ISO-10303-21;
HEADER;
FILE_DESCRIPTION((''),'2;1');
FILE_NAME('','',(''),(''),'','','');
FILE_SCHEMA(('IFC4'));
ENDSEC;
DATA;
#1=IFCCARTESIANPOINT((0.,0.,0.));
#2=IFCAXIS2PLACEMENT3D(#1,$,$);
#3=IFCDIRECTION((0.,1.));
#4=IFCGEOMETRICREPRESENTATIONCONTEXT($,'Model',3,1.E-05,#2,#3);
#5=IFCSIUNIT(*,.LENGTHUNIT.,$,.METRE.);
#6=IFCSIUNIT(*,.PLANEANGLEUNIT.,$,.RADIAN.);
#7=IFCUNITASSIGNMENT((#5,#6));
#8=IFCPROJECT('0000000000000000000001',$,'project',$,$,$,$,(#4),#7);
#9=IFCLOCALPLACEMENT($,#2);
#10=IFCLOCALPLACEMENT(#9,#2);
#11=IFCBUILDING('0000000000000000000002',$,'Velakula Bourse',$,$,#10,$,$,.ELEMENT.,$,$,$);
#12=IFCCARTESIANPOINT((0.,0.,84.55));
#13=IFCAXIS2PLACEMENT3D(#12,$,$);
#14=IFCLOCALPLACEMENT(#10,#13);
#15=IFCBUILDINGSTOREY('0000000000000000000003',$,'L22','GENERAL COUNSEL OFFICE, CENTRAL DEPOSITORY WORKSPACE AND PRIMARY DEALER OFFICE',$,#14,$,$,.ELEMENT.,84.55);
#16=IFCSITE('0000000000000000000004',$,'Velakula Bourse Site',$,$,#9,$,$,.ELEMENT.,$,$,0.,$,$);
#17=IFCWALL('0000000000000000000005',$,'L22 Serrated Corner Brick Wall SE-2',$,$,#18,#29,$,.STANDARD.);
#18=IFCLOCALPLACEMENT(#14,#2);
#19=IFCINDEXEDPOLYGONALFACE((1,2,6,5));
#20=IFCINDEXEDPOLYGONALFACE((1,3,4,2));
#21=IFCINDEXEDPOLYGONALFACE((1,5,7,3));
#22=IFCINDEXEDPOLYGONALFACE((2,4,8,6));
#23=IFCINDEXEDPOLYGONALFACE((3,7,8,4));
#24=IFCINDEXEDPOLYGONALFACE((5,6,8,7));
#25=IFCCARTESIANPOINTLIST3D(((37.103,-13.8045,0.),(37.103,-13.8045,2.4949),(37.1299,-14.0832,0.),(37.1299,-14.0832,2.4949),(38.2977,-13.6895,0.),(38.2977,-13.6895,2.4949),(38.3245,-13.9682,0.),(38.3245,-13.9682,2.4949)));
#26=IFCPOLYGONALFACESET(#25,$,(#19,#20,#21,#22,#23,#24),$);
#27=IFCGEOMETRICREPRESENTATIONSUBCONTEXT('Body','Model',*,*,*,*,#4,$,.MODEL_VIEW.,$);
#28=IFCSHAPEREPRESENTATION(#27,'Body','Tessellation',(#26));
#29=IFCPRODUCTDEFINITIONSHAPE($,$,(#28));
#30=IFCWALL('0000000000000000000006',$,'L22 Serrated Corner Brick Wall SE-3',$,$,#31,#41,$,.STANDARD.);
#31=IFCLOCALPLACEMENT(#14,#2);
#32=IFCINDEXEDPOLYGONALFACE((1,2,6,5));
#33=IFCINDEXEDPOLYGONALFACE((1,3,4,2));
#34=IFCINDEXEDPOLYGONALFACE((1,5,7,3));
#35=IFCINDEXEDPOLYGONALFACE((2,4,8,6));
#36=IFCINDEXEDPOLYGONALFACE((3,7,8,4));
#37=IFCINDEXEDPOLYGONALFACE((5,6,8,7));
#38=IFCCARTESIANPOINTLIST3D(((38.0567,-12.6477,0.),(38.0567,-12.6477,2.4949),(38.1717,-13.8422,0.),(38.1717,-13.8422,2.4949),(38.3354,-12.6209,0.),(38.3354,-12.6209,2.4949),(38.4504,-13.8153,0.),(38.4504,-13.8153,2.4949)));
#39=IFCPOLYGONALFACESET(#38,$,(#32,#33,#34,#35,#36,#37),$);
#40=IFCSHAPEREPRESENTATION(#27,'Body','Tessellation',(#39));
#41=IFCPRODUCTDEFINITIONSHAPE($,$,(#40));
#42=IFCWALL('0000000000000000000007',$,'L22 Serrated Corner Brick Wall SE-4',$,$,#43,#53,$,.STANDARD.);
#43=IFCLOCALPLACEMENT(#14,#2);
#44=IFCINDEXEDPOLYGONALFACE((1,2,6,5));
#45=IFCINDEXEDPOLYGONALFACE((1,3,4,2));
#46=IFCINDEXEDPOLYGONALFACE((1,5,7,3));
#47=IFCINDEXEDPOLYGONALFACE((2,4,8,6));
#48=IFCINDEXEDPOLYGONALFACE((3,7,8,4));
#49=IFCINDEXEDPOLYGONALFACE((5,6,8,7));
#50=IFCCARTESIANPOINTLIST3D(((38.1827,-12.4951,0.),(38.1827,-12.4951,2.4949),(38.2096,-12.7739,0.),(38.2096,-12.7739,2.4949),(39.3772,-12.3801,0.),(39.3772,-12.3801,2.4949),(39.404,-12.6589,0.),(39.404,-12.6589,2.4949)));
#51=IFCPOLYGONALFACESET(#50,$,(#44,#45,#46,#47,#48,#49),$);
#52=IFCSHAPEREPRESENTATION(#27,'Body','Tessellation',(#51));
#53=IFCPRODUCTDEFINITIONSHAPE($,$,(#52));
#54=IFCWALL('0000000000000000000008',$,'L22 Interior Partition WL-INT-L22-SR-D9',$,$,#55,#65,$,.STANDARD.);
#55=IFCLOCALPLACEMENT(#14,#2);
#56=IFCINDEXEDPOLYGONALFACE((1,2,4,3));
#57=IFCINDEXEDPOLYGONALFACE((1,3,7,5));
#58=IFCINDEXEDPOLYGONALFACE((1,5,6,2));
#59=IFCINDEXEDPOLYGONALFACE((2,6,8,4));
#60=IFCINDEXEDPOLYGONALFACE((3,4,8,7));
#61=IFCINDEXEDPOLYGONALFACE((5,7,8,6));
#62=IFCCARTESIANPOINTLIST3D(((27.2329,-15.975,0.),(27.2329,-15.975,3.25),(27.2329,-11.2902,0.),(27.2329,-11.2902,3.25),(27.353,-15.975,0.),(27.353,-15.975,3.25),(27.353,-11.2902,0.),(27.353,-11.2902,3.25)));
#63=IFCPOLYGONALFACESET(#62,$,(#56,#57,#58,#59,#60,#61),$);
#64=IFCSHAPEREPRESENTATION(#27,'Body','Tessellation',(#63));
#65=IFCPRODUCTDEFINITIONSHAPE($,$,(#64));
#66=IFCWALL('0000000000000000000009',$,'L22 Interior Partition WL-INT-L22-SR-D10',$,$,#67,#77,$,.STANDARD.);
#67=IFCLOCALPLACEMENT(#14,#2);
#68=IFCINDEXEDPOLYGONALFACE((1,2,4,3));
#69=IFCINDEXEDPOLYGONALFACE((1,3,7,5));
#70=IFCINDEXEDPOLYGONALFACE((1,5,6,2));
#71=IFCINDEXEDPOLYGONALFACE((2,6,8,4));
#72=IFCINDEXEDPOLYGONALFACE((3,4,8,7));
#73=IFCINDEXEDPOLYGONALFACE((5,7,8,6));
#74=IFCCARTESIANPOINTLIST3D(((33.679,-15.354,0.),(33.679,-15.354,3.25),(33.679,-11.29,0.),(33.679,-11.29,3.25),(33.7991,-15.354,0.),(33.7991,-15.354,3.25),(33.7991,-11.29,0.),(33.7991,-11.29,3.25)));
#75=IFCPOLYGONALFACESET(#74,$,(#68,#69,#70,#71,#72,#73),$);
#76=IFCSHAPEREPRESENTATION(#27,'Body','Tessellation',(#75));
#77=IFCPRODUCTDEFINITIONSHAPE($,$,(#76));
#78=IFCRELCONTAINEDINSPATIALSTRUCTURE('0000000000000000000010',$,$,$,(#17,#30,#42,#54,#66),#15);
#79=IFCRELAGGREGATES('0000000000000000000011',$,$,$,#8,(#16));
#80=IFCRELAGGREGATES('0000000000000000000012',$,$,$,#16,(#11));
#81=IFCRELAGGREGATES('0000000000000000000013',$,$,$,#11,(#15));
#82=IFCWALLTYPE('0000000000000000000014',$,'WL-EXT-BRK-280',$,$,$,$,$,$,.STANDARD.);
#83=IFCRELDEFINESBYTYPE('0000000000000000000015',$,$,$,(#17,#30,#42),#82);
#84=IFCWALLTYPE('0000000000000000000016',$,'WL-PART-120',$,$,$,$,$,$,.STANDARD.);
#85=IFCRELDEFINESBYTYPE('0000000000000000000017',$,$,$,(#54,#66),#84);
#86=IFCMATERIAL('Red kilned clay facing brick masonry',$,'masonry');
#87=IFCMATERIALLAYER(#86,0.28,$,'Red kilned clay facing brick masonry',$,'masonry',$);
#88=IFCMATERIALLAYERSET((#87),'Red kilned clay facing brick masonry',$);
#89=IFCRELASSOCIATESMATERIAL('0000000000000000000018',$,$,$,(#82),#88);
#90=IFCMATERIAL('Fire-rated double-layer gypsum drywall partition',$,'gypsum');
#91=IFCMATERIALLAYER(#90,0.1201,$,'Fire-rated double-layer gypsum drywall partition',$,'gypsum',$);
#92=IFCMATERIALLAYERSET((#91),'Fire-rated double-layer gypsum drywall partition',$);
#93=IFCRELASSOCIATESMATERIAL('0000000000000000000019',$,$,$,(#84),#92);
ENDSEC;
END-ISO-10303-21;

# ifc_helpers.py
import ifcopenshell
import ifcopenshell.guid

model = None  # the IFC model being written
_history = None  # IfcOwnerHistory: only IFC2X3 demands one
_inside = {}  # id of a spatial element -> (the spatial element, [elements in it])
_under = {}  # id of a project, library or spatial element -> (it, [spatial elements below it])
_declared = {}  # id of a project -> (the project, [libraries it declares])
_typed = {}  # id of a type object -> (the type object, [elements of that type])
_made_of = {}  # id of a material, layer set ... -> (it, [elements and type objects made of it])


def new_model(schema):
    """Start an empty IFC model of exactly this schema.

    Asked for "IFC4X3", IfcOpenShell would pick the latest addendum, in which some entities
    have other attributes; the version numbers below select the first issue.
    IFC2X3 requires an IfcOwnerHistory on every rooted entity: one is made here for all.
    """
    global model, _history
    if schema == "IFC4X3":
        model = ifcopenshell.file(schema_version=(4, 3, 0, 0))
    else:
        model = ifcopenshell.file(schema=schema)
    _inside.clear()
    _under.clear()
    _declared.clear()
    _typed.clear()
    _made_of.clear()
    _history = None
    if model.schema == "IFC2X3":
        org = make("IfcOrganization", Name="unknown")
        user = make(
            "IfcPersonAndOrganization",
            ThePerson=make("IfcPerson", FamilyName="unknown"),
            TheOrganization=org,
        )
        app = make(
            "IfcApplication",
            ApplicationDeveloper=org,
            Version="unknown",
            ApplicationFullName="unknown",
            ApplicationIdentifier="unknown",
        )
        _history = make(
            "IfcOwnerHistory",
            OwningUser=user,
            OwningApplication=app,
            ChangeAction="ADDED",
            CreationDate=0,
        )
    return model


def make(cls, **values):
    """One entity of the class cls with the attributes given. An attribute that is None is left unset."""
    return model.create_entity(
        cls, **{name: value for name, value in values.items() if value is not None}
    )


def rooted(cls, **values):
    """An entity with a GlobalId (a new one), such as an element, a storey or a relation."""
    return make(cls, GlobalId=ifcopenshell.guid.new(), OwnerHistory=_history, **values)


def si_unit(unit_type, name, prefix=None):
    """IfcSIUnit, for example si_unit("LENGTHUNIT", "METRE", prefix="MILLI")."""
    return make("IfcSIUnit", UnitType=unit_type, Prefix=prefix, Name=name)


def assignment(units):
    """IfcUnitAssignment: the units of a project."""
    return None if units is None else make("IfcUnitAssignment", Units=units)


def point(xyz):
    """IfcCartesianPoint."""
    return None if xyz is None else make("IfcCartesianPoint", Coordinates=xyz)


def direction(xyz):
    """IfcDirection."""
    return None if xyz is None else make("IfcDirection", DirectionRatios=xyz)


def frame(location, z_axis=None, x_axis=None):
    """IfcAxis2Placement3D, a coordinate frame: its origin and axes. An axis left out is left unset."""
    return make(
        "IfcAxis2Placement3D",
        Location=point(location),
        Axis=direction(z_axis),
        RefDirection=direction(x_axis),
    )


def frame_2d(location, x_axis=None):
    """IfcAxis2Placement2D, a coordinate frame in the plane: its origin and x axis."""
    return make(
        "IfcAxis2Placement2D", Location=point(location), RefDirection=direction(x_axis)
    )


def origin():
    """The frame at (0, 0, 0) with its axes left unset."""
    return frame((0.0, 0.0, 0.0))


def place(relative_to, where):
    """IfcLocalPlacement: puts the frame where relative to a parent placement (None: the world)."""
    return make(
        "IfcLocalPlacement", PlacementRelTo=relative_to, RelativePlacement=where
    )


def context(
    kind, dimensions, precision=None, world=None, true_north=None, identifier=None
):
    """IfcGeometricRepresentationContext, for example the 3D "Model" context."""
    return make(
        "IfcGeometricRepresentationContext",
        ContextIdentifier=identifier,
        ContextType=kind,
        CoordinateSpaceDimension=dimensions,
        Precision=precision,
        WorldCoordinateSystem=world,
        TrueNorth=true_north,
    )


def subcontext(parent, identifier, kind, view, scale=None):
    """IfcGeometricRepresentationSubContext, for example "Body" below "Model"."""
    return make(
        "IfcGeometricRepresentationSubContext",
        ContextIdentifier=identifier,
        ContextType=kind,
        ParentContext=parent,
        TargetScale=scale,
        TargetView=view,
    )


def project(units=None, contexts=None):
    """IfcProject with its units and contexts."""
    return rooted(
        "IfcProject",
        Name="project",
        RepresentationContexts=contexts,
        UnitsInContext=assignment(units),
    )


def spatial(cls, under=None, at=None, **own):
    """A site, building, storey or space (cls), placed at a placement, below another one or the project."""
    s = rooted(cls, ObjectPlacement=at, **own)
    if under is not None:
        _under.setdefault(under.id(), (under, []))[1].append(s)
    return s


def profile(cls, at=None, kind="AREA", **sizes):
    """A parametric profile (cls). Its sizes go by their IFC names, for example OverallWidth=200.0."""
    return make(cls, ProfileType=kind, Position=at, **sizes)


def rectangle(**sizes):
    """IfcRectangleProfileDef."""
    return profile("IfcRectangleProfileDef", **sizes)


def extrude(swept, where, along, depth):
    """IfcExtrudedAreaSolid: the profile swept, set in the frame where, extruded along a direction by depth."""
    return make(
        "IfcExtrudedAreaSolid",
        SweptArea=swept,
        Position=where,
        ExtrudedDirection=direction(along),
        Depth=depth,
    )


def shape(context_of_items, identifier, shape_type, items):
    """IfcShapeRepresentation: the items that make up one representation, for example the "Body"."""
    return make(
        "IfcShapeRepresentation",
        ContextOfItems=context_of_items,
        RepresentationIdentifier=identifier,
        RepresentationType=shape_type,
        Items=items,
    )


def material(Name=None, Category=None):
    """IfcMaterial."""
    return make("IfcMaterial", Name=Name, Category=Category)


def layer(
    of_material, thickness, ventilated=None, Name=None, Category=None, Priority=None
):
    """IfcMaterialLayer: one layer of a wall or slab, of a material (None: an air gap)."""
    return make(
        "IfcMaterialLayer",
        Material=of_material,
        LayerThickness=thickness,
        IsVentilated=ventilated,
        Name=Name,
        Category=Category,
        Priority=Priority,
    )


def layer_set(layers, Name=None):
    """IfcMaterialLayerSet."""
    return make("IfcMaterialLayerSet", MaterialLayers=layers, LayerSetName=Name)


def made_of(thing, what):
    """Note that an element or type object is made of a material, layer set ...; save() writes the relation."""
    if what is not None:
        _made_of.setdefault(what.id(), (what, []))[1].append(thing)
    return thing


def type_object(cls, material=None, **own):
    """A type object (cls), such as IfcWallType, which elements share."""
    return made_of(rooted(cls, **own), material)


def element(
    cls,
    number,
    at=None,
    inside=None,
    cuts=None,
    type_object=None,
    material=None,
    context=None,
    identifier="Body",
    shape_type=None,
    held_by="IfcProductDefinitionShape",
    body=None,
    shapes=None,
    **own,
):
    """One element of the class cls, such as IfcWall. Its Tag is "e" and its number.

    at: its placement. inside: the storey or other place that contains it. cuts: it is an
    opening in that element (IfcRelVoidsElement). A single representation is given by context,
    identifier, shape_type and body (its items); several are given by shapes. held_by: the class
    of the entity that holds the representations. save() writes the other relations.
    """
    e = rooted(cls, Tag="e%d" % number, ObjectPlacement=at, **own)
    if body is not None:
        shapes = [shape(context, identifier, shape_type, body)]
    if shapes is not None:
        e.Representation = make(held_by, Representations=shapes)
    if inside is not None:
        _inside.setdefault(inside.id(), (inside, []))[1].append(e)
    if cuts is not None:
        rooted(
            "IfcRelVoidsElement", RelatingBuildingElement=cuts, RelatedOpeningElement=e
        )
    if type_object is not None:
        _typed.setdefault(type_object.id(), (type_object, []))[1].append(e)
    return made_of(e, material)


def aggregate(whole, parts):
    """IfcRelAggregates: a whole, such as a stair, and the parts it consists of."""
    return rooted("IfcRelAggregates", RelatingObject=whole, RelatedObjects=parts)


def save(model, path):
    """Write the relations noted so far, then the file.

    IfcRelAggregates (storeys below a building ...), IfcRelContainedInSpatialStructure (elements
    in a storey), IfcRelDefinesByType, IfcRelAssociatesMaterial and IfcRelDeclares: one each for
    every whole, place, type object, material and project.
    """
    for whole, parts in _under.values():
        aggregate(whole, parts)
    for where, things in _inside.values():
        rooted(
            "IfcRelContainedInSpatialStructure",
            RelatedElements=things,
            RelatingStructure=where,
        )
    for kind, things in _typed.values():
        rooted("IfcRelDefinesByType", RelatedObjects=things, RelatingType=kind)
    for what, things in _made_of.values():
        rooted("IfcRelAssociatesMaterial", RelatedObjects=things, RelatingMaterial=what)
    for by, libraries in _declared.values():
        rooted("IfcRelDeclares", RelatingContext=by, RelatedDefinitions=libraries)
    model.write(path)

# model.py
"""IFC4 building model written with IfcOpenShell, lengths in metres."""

from ifc_helpers import new_model, si_unit, direction, frame, frame_2d, origin, place, context, subcontext, project, spatial, rectangle, extrude, material, layer, layer_set, type_object, element, save


model = new_model("IFC4")

# Units and contexts
model_context = context("Model", 3, precision=1e-05, world=origin(), true_north=direction((0.0, 1.0)))
body_context = subcontext(model_context, "Body", "Model", "MODEL_VIEW")
ifc_project = project(units=[si_unit("LENGTHUNIT", "METRE"), si_unit("PLANEANGLEUNIT", "RADIAN")], contexts=[model_context])

# Site, building, storey
site_placement = place(None, origin())
site = spatial("IfcSite", under=ifc_project, at=site_placement, Name="Velakula Bourse Site", CompositionType="ELEMENT", RefElevation=0.0)
building_placement = place(site_placement, origin())
building = spatial("IfcBuilding", under=site, at=building_placement, Name="Velakula Bourse", CompositionType="ELEMENT")
storey_placement = place(building_placement, frame((0.0, 0.0, 84.55)))
storey = spatial("IfcBuildingStorey", under=building, at=storey_placement, Name="L22", Description="GENERAL COUNSEL OFFICE, CENTRAL DEPOSITORY WORKSPACE AND PRIMARY DEALER OFFICE", CompositionType="ELEMENT", Elevation=84.55)

# Shared definitions
ifc_material_1 = material(Name="Red kilned clay facing brick masonry", Category="masonry")
ifc_layer_1 = layer(ifc_material_1, 0.28, Name="Red kilned clay facing brick masonry", Category="masonry")
ifc_layer_set_1 = layer_set([ifc_layer_1], Name="Red kilned clay facing brick masonry")
wall_type_1 = type_object("IfcWallType", Name="WL-EXT-BRK-280", PredefinedType="STANDARD", material=ifc_layer_set_1)

# Walls
for number, where, z_axis, x_axis, name in (
    (1, (37.1165, -13.9438, 0.0), (0.0, 0.0, 1.0), (0.995399, 0.095817, 0.0), "L22 Serrated Corner Brick Wall SE-2"),
):
    element("IfcWall", number, at=place(storey_placement, frame(where, z_axis=z_axis, x_axis=x_axis)), inside=storey, type_object=wall_type_1, Name=name, PredefinedType="STANDARD", context=body_context, shape_type="SweptSolid", body=[
        extrude(rectangle(XDim=1.2002, YDim=0.28, at=frame_2d((0.6001, 0.0))), origin(), (0.0, 0.0, 1.0), 2.4949),
    ])
for number, where, z_axis, x_axis, name in (
    (2, (38.311, -13.8289, 0.0), (0.0, 0.0, 1.0), (-0.095836, 0.995397, 0.0), "L22 Serrated Corner Brick Wall SE-3"),
    (3, (38.196, -12.6345, 0.0), (0.0, 0.0, 1.0), (0.995397, 0.095836, 0.0), "L22 Serrated Corner Brick Wall SE-4"),
):
    element("IfcWall", number, at=place(storey_placement, frame(where, z_axis=z_axis, x_axis=x_axis)), inside=storey, type_object=wall_type_1, Name=name, PredefinedType="STANDARD", context=body_context, shape_type="SweptSolid", body=[
        extrude(rectangle(XDim=1.2, YDim=0.28, at=frame_2d((0.6001, 0.0))), origin(), (0.0, 0.0, 1.0), 2.4949),
    ])
ifc_material_2 = material(Name="Fire-rated double-layer gypsum drywall partition", Category="gypsum")
ifc_layer_2 = layer(ifc_material_2, 0.1201, Name="Fire-rated double-layer gypsum drywall partition", Category="gypsum")
ifc_layer_set_2 = layer_set([ifc_layer_2], Name="Fire-rated double-layer gypsum drywall partition")
wall_type_2 = type_object("IfcWallType", Name="WL-PART-120", PredefinedType="STANDARD", material=ifc_layer_set_2)
wall_1_placement = place(storey_placement, frame((27.293, -15.9749, 0.0), z_axis=(0.0, 0.0, 1.0), x_axis=(0.0, 1.0, 0.0)))
element("IfcWall", 4, at=wall_1_placement, inside=storey, type_object=wall_type_2, Name="L22 Interior Partition WL-INT-L22-SR-D9", PredefinedType="STANDARD", context=body_context, shape_type="SweptSolid", body=[
    extrude(rectangle(XDim=4.6848, YDim=0.1201, at=frame_2d((2.3423, 0.0))), origin(), (0.0, 0.0, 1.0), 3.25),
])
wall_2_placement = place(storey_placement, frame((33.739, -15.354, 0.0), z_axis=(0.0, 0.0, 1.0), x_axis=(0.0, 1.0, 0.0)))
element("IfcWall", 5, at=wall_2_placement, inside=storey, type_object=wall_type_2, Name="L22 Interior Partition WL-INT-L22-SR-D10", PredefinedType="STANDARD", context=body_context, shape_type="SweptSolid", body=[
    extrude(rectangle(XDim=4.064, YDim=0.1201, at=frame_2d((2.032, 0.0))), origin(), (0.0, 0.0, 1.0), 3.25),
])

save(model, "model.ifc")
